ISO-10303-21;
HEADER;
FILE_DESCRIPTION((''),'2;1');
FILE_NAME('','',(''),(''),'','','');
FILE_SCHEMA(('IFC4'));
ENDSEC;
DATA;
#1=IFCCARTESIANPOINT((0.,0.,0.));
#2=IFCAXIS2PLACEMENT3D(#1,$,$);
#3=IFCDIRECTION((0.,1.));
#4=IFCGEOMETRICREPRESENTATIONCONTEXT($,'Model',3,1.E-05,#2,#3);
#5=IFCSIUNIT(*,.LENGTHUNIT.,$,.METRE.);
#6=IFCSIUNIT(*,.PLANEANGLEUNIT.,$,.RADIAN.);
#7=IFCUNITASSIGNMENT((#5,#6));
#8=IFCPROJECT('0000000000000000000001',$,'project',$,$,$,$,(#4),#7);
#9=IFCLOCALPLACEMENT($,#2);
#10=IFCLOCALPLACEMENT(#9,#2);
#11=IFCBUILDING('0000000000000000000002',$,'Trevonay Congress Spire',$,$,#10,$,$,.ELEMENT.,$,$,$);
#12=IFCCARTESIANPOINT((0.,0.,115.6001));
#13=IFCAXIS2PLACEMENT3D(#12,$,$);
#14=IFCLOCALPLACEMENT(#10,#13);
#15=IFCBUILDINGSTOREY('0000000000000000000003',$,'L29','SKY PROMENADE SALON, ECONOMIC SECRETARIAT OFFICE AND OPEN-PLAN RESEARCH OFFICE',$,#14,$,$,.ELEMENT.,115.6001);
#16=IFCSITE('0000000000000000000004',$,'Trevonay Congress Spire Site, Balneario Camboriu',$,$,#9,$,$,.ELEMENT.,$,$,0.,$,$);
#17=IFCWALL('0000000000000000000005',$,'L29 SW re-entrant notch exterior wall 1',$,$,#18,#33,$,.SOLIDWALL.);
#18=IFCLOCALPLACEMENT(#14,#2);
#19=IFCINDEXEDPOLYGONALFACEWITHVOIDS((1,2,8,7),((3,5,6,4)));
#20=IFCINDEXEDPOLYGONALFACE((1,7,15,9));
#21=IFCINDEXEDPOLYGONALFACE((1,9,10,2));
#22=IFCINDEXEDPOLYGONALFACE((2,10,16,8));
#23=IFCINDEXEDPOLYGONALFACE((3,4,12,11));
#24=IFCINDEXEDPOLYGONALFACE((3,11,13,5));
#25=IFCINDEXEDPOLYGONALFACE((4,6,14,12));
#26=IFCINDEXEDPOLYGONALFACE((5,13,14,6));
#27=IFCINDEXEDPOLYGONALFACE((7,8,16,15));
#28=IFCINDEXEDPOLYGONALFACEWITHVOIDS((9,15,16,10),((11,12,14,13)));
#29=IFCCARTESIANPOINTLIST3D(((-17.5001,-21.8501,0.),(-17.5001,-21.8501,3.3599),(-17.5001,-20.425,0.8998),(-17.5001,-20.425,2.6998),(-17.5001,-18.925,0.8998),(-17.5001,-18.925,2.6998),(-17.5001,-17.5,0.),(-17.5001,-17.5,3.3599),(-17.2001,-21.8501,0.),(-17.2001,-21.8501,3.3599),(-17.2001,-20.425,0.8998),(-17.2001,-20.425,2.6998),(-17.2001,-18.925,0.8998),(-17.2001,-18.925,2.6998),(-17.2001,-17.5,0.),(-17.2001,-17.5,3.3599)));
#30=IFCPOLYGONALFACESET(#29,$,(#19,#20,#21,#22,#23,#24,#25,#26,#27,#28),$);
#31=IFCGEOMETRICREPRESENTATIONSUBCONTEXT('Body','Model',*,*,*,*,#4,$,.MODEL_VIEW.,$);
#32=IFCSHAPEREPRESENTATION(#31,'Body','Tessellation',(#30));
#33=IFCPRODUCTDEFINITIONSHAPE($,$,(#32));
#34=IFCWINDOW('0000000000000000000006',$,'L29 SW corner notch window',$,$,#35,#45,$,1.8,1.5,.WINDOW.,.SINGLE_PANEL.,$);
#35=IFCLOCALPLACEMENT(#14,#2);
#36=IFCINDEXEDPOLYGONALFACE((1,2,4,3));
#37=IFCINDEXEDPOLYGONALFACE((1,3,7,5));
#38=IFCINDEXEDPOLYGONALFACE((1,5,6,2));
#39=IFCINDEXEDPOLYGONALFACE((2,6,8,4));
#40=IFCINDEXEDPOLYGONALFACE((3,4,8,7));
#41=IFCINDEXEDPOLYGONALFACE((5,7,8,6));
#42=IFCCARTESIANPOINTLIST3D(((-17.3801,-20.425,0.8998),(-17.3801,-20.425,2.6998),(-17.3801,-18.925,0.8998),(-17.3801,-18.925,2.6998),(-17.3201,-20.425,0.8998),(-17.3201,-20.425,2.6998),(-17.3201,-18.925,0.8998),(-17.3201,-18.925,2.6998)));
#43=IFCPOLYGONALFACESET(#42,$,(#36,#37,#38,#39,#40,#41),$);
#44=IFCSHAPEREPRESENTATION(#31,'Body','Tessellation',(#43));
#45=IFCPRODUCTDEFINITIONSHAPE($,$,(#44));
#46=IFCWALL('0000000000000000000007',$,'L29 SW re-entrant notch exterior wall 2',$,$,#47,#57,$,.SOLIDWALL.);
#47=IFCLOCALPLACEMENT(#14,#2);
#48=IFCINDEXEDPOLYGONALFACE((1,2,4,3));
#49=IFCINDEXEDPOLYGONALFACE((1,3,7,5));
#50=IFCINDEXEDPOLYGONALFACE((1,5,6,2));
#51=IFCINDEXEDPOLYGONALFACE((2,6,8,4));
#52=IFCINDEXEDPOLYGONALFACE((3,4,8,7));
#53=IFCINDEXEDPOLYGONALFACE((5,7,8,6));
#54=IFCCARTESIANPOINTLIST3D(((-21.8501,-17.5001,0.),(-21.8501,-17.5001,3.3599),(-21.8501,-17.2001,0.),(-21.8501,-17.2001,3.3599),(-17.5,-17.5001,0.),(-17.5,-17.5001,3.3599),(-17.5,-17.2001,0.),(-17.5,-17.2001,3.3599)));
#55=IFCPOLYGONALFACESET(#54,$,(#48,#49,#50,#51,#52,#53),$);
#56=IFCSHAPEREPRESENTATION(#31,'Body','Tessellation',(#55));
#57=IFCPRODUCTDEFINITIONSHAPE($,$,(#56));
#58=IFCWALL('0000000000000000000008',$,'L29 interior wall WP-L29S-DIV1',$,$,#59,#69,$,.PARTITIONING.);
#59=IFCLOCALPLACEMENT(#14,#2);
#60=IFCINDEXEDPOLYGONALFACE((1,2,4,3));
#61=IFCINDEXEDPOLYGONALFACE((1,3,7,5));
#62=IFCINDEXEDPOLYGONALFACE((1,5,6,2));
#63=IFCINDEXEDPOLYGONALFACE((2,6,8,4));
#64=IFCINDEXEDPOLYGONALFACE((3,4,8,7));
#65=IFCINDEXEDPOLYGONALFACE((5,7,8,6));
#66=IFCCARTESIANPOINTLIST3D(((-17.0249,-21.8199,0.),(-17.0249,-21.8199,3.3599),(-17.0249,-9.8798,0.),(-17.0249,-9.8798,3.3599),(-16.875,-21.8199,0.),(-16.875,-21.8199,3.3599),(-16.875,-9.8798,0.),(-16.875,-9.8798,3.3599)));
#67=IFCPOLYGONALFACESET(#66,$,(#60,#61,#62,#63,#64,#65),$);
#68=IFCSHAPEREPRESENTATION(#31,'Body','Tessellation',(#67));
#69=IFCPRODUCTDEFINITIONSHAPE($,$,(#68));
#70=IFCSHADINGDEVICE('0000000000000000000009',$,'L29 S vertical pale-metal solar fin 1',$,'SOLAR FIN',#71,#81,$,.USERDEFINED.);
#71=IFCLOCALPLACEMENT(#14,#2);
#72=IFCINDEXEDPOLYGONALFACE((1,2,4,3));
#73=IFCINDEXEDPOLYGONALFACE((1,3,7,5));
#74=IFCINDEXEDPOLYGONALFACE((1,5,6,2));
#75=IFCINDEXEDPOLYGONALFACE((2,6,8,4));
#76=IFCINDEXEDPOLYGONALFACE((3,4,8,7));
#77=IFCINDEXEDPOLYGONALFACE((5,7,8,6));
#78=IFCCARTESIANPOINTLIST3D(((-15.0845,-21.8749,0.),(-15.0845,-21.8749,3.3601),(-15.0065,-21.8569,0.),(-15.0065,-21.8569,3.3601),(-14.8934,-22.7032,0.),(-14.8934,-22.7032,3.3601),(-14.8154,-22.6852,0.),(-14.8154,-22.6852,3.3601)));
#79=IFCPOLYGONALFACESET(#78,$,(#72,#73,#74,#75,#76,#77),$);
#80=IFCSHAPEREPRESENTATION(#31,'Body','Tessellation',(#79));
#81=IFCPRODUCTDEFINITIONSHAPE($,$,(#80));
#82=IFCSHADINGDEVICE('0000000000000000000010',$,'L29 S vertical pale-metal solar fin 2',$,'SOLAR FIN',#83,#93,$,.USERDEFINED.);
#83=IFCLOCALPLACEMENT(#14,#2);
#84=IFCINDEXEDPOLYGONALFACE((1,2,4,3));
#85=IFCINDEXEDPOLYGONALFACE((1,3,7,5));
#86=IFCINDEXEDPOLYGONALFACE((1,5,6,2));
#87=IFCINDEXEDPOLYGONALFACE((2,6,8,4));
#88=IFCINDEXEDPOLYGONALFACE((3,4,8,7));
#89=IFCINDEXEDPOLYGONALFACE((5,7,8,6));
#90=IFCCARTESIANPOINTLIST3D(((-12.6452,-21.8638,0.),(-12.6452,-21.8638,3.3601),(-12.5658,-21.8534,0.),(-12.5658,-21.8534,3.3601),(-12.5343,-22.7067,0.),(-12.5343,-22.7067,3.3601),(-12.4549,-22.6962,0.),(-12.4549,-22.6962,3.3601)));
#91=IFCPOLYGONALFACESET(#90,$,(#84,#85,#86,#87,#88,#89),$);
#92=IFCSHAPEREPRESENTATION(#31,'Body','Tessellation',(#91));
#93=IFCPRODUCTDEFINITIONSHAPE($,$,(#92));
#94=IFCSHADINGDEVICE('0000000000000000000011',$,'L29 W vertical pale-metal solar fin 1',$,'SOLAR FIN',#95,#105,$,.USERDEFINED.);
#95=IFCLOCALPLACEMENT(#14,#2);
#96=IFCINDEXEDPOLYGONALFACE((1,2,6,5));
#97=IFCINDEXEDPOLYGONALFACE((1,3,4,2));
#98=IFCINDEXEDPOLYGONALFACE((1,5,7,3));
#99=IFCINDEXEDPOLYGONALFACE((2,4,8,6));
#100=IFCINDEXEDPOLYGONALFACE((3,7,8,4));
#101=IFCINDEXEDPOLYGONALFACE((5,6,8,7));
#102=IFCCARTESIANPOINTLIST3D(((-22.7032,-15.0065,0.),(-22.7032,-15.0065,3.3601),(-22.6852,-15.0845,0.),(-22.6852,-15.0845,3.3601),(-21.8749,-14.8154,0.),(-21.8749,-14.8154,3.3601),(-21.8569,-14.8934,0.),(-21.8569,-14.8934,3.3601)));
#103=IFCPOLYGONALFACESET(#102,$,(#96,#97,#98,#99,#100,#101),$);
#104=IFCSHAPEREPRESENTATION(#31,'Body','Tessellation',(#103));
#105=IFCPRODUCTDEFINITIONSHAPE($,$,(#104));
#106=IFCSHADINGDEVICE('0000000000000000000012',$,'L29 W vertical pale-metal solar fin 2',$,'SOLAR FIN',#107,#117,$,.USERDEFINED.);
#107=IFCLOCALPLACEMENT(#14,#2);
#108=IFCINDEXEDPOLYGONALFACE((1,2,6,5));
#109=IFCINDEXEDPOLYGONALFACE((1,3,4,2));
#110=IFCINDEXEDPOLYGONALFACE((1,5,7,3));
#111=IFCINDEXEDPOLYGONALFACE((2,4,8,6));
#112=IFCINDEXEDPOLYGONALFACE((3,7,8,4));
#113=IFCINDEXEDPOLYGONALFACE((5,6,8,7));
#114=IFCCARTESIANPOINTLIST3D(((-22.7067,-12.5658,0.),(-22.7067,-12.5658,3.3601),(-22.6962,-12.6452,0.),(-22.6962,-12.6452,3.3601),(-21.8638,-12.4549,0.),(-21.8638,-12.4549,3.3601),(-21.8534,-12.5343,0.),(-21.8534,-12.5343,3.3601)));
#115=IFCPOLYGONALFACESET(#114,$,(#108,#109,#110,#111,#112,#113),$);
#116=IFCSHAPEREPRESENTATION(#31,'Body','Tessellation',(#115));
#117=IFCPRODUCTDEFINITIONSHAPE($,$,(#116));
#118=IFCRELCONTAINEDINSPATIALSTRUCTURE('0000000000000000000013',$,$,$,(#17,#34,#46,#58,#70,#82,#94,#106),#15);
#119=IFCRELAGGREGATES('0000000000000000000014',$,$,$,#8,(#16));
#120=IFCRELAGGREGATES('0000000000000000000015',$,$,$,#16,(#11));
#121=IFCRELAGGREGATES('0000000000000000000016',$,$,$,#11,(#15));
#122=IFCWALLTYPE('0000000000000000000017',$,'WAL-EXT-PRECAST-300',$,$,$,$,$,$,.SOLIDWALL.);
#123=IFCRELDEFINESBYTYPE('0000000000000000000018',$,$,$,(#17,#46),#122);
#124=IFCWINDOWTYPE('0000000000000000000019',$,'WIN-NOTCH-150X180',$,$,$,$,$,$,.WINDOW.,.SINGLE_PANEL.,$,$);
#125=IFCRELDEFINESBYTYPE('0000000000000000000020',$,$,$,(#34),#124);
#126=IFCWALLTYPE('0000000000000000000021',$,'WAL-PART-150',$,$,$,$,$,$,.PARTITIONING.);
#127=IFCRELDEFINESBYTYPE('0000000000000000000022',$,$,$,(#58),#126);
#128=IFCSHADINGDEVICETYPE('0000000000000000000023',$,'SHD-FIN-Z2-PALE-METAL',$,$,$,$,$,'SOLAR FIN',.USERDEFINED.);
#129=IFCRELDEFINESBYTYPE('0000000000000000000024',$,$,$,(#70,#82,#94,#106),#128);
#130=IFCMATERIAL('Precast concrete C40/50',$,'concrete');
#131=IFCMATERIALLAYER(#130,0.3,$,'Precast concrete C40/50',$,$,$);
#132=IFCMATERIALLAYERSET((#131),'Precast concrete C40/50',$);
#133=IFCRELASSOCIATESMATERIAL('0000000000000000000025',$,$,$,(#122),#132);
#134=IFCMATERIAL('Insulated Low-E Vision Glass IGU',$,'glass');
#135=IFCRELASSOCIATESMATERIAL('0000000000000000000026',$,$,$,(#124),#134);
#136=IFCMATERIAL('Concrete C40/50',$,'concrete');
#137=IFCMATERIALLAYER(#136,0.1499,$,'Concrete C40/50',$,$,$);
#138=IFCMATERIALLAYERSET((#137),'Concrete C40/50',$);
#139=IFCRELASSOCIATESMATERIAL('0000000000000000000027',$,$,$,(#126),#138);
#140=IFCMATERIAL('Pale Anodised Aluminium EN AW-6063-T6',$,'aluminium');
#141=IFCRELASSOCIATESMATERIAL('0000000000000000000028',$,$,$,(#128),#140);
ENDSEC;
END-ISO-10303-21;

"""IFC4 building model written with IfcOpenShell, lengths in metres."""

from ifc_helpers import new_model, si_unit, direction, frame, frame_2d, origin, origin_2d, place, context, subcontext, project, spatial, rectangle, extrude, material, layer, layer_set, type_object, element, fill, save


model = new_model("IFC4")

# Units and contexts
model_context = context("Model", 3, precision=1e-05, world=origin(), true_north=direction((0.0, 1.0)))
body_context = subcontext(model_context, "Body", "Model", "MODEL_VIEW")
ifc_project = project(units=[si_unit("LENGTHUNIT", "METRE"), si_unit("PLANEANGLEUNIT", "RADIAN")], contexts=[model_context])

# Site, building, storey
site_placement = place(None, origin())
site = spatial("IfcSite", under=ifc_project, at=site_placement, Name="Trevonay Congress Spire Site, Balneario Camboriu", CompositionType="ELEMENT", RefElevation=0.0)
building_placement = place(site_placement, origin())
building = spatial("IfcBuilding", under=site, at=building_placement, Name="Trevonay Congress Spire", CompositionType="ELEMENT")
storey_placement = place(building_placement, frame((0.0, 0.0, 115.6001)))
storey = spatial("IfcBuildingStorey", under=building, at=storey_placement, Name="L29", Description="SKY PROMENADE SALON, ECONOMIC SECRETARIAT OFFICE AND OPEN-PLAN RESEARCH OFFICE", CompositionType="ELEMENT", Elevation=115.6001)

# Shared definitions
ifc_material_1 = material(Name="Pale Anodised Aluminium EN AW-6063-T6", Category="aluminium")

# Shared definitions
ifc_material_2 = material(Name="Insulated Low-E Vision Glass IGU", Category="glass")

# Wall, opening, window
ifc_material_3 = material(Name="Precast concrete C40/50", Category="concrete")
ifc_layer_1 = layer(ifc_material_3, 0.3, Name="Precast concrete C40/50")
ifc_layer_set_1 = layer_set([ifc_layer_1], Name="Precast concrete C40/50")
wall_type_1 = type_object("IfcWallType", Name="WAL-EXT-PRECAST-300", PredefinedType="SOLIDWALL", material=ifc_layer_set_1)
wall_1_placement = place(storey_placement, frame((-17.3501, -21.8501, 0.0), z_axis=(0.0, 0.0, 1.0), x_axis=(0.0, 1.0, 0.0)))
wall_1 = element("IfcWall", 1, at=wall_1_placement, inside=storey, type_object=wall_type_1, Name="L29 SW re-entrant notch exterior wall 1", PredefinedType="SOLIDWALL", context=body_context, shape_type="SweptSolid", body=[
    extrude(rectangle(XDim=4.3501, YDim=0.3, at=frame_2d((2.175, 0.0))), origin(), (0.0, 0.0, 1.0), 3.3599),
])
opening_placement = place(wall_1_placement, frame((1.425, 0.0, 0.8999)))
opening = element("IfcOpeningElement", 2, at=opening_placement, cuts=wall_1, PredefinedType="OPENING", context=body_context, shape_type="SweptSolid", body=[
    extrude(rectangle(XDim=1.5, YDim=1.8, at=frame_2d((0.75, 0.8999))), frame((0.0, 0.1602, 0.0), z_axis=(0.0, -1.0, 0.0), x_axis=(1.0, 0.0, 0.0)), (0.0, 0.0, 1.0), 0.3201),
])
window_type = type_object("IfcWindowType", Name="WIN-NOTCH-150X180", PartitioningType="SINGLE_PANEL", PredefinedType="WINDOW", material=ifc_material_2)
window_placement = place(opening_placement, origin())
window = element("IfcWindow", 3, at=window_placement, inside=storey, type_object=window_type, Name="L29 SW corner notch window", OverallHeight=1.8, OverallWidth=1.5, PartitioningType="SINGLE_PANEL", PredefinedType="WINDOW", context=body_context, shape_type="SweptSolid", body=[
    extrude(rectangle(XDim=1.5, YDim=1.8, at=frame_2d((0.75, 0.8999))), frame((0.0, 0.03, 0.0), z_axis=(0.0, -1.0, 0.0), x_axis=(1.0, 0.0, 0.0)), (0.0, 0.0, 1.0), 0.0601),
])
fill(opening, window)

# Walls
wall_2_placement = place(storey_placement, frame((-21.8501, -17.3501, 0.0), z_axis=(0.0, 0.0, 1.0), x_axis=(1.0, 0.0, 0.0)))
element("IfcWall", 4, at=wall_2_placement, inside=storey, type_object=wall_type_1, Name="L29 SW re-entrant notch exterior wall 2", PredefinedType="SOLIDWALL", context=body_context, shape_type="SweptSolid", body=[
    extrude(rectangle(XDim=4.3501, YDim=0.3, at=frame_2d((2.175, 0.0))), origin(), (0.0, 0.0, 1.0), 3.3599),
])
ifc_material_4 = material(Name="Concrete C40/50", Category="concrete")
ifc_layer_2 = layer(ifc_material_4, 0.1499, Name="Concrete C40/50")
ifc_layer_set_2 = layer_set([ifc_layer_2], Name="Concrete C40/50")
wall_type_2 = type_object("IfcWallType", Name="WAL-PART-150", PredefinedType="PARTITIONING", material=ifc_layer_set_2)
wall_3_placement = place(storey_placement, frame((-16.95, -21.8201, 0.0), z_axis=(0.0, 0.0, 1.0), x_axis=(0.0, 1.0, 0.0)))
element("IfcWall", 5, at=wall_3_placement, inside=storey, type_object=wall_type_2, Name="L29 interior wall WP-L29S-DIV1", PredefinedType="PARTITIONING", context=body_context, shape_type="SweptSolid", body=[
    extrude(rectangle(XDim=11.9402, YDim=0.1499, at=frame_2d((5.9702, 0.0))), origin(), (0.0, 0.0, 1.0), 3.3599),
])

# Shading devices
shading_device_type = type_object("IfcShadingDeviceType", Name="SHD-FIN-Z2-PALE-METAL", ElementType="SOLAR FIN", PredefinedType="USERDEFINED", material=ifc_material_1)
for number, where, z_axis, x_axis, name in (
    (6, (-14.95, -22.28, 0.0), (0.0, 0.0, 1.0), (0.974409, 0.224781, 0.0), "L29 S vertical pale-metal solar fin 1"),
    (7, (-12.55, -22.28, 0.0), (0.0, 0.0, 1.0), (0.991445, 0.130526, 0.0), "L29 S vertical pale-metal solar fin 2"),
    (8, (-22.28, -14.95, 0.0), (0.0, 0.0, 1.0), (-0.224781, 0.974409, 0.0), "L29 W vertical pale-metal solar fin 1"),
    (9, (-22.28, -12.55, 0.0), (0.0, 0.0, 1.0), (-0.130526, 0.991445, 0.0), "L29 W vertical pale-metal solar fin 2"),
):
    element("IfcShadingDevice", number, at=place(storey_placement, frame(where, z_axis=z_axis, x_axis=x_axis)), inside=storey, type_object=shading_device_type, Name=name, ObjectType="SOLAR FIN", PredefinedType="USERDEFINED", context=body_context, shape_type="SweptSolid", body=[
        extrude(rectangle(XDim=0.0801, YDim=0.8501, at=origin_2d()), origin(), (0.0, 0.0, 1.0), 3.3601),
    ])

save(model, "model.ifc")
